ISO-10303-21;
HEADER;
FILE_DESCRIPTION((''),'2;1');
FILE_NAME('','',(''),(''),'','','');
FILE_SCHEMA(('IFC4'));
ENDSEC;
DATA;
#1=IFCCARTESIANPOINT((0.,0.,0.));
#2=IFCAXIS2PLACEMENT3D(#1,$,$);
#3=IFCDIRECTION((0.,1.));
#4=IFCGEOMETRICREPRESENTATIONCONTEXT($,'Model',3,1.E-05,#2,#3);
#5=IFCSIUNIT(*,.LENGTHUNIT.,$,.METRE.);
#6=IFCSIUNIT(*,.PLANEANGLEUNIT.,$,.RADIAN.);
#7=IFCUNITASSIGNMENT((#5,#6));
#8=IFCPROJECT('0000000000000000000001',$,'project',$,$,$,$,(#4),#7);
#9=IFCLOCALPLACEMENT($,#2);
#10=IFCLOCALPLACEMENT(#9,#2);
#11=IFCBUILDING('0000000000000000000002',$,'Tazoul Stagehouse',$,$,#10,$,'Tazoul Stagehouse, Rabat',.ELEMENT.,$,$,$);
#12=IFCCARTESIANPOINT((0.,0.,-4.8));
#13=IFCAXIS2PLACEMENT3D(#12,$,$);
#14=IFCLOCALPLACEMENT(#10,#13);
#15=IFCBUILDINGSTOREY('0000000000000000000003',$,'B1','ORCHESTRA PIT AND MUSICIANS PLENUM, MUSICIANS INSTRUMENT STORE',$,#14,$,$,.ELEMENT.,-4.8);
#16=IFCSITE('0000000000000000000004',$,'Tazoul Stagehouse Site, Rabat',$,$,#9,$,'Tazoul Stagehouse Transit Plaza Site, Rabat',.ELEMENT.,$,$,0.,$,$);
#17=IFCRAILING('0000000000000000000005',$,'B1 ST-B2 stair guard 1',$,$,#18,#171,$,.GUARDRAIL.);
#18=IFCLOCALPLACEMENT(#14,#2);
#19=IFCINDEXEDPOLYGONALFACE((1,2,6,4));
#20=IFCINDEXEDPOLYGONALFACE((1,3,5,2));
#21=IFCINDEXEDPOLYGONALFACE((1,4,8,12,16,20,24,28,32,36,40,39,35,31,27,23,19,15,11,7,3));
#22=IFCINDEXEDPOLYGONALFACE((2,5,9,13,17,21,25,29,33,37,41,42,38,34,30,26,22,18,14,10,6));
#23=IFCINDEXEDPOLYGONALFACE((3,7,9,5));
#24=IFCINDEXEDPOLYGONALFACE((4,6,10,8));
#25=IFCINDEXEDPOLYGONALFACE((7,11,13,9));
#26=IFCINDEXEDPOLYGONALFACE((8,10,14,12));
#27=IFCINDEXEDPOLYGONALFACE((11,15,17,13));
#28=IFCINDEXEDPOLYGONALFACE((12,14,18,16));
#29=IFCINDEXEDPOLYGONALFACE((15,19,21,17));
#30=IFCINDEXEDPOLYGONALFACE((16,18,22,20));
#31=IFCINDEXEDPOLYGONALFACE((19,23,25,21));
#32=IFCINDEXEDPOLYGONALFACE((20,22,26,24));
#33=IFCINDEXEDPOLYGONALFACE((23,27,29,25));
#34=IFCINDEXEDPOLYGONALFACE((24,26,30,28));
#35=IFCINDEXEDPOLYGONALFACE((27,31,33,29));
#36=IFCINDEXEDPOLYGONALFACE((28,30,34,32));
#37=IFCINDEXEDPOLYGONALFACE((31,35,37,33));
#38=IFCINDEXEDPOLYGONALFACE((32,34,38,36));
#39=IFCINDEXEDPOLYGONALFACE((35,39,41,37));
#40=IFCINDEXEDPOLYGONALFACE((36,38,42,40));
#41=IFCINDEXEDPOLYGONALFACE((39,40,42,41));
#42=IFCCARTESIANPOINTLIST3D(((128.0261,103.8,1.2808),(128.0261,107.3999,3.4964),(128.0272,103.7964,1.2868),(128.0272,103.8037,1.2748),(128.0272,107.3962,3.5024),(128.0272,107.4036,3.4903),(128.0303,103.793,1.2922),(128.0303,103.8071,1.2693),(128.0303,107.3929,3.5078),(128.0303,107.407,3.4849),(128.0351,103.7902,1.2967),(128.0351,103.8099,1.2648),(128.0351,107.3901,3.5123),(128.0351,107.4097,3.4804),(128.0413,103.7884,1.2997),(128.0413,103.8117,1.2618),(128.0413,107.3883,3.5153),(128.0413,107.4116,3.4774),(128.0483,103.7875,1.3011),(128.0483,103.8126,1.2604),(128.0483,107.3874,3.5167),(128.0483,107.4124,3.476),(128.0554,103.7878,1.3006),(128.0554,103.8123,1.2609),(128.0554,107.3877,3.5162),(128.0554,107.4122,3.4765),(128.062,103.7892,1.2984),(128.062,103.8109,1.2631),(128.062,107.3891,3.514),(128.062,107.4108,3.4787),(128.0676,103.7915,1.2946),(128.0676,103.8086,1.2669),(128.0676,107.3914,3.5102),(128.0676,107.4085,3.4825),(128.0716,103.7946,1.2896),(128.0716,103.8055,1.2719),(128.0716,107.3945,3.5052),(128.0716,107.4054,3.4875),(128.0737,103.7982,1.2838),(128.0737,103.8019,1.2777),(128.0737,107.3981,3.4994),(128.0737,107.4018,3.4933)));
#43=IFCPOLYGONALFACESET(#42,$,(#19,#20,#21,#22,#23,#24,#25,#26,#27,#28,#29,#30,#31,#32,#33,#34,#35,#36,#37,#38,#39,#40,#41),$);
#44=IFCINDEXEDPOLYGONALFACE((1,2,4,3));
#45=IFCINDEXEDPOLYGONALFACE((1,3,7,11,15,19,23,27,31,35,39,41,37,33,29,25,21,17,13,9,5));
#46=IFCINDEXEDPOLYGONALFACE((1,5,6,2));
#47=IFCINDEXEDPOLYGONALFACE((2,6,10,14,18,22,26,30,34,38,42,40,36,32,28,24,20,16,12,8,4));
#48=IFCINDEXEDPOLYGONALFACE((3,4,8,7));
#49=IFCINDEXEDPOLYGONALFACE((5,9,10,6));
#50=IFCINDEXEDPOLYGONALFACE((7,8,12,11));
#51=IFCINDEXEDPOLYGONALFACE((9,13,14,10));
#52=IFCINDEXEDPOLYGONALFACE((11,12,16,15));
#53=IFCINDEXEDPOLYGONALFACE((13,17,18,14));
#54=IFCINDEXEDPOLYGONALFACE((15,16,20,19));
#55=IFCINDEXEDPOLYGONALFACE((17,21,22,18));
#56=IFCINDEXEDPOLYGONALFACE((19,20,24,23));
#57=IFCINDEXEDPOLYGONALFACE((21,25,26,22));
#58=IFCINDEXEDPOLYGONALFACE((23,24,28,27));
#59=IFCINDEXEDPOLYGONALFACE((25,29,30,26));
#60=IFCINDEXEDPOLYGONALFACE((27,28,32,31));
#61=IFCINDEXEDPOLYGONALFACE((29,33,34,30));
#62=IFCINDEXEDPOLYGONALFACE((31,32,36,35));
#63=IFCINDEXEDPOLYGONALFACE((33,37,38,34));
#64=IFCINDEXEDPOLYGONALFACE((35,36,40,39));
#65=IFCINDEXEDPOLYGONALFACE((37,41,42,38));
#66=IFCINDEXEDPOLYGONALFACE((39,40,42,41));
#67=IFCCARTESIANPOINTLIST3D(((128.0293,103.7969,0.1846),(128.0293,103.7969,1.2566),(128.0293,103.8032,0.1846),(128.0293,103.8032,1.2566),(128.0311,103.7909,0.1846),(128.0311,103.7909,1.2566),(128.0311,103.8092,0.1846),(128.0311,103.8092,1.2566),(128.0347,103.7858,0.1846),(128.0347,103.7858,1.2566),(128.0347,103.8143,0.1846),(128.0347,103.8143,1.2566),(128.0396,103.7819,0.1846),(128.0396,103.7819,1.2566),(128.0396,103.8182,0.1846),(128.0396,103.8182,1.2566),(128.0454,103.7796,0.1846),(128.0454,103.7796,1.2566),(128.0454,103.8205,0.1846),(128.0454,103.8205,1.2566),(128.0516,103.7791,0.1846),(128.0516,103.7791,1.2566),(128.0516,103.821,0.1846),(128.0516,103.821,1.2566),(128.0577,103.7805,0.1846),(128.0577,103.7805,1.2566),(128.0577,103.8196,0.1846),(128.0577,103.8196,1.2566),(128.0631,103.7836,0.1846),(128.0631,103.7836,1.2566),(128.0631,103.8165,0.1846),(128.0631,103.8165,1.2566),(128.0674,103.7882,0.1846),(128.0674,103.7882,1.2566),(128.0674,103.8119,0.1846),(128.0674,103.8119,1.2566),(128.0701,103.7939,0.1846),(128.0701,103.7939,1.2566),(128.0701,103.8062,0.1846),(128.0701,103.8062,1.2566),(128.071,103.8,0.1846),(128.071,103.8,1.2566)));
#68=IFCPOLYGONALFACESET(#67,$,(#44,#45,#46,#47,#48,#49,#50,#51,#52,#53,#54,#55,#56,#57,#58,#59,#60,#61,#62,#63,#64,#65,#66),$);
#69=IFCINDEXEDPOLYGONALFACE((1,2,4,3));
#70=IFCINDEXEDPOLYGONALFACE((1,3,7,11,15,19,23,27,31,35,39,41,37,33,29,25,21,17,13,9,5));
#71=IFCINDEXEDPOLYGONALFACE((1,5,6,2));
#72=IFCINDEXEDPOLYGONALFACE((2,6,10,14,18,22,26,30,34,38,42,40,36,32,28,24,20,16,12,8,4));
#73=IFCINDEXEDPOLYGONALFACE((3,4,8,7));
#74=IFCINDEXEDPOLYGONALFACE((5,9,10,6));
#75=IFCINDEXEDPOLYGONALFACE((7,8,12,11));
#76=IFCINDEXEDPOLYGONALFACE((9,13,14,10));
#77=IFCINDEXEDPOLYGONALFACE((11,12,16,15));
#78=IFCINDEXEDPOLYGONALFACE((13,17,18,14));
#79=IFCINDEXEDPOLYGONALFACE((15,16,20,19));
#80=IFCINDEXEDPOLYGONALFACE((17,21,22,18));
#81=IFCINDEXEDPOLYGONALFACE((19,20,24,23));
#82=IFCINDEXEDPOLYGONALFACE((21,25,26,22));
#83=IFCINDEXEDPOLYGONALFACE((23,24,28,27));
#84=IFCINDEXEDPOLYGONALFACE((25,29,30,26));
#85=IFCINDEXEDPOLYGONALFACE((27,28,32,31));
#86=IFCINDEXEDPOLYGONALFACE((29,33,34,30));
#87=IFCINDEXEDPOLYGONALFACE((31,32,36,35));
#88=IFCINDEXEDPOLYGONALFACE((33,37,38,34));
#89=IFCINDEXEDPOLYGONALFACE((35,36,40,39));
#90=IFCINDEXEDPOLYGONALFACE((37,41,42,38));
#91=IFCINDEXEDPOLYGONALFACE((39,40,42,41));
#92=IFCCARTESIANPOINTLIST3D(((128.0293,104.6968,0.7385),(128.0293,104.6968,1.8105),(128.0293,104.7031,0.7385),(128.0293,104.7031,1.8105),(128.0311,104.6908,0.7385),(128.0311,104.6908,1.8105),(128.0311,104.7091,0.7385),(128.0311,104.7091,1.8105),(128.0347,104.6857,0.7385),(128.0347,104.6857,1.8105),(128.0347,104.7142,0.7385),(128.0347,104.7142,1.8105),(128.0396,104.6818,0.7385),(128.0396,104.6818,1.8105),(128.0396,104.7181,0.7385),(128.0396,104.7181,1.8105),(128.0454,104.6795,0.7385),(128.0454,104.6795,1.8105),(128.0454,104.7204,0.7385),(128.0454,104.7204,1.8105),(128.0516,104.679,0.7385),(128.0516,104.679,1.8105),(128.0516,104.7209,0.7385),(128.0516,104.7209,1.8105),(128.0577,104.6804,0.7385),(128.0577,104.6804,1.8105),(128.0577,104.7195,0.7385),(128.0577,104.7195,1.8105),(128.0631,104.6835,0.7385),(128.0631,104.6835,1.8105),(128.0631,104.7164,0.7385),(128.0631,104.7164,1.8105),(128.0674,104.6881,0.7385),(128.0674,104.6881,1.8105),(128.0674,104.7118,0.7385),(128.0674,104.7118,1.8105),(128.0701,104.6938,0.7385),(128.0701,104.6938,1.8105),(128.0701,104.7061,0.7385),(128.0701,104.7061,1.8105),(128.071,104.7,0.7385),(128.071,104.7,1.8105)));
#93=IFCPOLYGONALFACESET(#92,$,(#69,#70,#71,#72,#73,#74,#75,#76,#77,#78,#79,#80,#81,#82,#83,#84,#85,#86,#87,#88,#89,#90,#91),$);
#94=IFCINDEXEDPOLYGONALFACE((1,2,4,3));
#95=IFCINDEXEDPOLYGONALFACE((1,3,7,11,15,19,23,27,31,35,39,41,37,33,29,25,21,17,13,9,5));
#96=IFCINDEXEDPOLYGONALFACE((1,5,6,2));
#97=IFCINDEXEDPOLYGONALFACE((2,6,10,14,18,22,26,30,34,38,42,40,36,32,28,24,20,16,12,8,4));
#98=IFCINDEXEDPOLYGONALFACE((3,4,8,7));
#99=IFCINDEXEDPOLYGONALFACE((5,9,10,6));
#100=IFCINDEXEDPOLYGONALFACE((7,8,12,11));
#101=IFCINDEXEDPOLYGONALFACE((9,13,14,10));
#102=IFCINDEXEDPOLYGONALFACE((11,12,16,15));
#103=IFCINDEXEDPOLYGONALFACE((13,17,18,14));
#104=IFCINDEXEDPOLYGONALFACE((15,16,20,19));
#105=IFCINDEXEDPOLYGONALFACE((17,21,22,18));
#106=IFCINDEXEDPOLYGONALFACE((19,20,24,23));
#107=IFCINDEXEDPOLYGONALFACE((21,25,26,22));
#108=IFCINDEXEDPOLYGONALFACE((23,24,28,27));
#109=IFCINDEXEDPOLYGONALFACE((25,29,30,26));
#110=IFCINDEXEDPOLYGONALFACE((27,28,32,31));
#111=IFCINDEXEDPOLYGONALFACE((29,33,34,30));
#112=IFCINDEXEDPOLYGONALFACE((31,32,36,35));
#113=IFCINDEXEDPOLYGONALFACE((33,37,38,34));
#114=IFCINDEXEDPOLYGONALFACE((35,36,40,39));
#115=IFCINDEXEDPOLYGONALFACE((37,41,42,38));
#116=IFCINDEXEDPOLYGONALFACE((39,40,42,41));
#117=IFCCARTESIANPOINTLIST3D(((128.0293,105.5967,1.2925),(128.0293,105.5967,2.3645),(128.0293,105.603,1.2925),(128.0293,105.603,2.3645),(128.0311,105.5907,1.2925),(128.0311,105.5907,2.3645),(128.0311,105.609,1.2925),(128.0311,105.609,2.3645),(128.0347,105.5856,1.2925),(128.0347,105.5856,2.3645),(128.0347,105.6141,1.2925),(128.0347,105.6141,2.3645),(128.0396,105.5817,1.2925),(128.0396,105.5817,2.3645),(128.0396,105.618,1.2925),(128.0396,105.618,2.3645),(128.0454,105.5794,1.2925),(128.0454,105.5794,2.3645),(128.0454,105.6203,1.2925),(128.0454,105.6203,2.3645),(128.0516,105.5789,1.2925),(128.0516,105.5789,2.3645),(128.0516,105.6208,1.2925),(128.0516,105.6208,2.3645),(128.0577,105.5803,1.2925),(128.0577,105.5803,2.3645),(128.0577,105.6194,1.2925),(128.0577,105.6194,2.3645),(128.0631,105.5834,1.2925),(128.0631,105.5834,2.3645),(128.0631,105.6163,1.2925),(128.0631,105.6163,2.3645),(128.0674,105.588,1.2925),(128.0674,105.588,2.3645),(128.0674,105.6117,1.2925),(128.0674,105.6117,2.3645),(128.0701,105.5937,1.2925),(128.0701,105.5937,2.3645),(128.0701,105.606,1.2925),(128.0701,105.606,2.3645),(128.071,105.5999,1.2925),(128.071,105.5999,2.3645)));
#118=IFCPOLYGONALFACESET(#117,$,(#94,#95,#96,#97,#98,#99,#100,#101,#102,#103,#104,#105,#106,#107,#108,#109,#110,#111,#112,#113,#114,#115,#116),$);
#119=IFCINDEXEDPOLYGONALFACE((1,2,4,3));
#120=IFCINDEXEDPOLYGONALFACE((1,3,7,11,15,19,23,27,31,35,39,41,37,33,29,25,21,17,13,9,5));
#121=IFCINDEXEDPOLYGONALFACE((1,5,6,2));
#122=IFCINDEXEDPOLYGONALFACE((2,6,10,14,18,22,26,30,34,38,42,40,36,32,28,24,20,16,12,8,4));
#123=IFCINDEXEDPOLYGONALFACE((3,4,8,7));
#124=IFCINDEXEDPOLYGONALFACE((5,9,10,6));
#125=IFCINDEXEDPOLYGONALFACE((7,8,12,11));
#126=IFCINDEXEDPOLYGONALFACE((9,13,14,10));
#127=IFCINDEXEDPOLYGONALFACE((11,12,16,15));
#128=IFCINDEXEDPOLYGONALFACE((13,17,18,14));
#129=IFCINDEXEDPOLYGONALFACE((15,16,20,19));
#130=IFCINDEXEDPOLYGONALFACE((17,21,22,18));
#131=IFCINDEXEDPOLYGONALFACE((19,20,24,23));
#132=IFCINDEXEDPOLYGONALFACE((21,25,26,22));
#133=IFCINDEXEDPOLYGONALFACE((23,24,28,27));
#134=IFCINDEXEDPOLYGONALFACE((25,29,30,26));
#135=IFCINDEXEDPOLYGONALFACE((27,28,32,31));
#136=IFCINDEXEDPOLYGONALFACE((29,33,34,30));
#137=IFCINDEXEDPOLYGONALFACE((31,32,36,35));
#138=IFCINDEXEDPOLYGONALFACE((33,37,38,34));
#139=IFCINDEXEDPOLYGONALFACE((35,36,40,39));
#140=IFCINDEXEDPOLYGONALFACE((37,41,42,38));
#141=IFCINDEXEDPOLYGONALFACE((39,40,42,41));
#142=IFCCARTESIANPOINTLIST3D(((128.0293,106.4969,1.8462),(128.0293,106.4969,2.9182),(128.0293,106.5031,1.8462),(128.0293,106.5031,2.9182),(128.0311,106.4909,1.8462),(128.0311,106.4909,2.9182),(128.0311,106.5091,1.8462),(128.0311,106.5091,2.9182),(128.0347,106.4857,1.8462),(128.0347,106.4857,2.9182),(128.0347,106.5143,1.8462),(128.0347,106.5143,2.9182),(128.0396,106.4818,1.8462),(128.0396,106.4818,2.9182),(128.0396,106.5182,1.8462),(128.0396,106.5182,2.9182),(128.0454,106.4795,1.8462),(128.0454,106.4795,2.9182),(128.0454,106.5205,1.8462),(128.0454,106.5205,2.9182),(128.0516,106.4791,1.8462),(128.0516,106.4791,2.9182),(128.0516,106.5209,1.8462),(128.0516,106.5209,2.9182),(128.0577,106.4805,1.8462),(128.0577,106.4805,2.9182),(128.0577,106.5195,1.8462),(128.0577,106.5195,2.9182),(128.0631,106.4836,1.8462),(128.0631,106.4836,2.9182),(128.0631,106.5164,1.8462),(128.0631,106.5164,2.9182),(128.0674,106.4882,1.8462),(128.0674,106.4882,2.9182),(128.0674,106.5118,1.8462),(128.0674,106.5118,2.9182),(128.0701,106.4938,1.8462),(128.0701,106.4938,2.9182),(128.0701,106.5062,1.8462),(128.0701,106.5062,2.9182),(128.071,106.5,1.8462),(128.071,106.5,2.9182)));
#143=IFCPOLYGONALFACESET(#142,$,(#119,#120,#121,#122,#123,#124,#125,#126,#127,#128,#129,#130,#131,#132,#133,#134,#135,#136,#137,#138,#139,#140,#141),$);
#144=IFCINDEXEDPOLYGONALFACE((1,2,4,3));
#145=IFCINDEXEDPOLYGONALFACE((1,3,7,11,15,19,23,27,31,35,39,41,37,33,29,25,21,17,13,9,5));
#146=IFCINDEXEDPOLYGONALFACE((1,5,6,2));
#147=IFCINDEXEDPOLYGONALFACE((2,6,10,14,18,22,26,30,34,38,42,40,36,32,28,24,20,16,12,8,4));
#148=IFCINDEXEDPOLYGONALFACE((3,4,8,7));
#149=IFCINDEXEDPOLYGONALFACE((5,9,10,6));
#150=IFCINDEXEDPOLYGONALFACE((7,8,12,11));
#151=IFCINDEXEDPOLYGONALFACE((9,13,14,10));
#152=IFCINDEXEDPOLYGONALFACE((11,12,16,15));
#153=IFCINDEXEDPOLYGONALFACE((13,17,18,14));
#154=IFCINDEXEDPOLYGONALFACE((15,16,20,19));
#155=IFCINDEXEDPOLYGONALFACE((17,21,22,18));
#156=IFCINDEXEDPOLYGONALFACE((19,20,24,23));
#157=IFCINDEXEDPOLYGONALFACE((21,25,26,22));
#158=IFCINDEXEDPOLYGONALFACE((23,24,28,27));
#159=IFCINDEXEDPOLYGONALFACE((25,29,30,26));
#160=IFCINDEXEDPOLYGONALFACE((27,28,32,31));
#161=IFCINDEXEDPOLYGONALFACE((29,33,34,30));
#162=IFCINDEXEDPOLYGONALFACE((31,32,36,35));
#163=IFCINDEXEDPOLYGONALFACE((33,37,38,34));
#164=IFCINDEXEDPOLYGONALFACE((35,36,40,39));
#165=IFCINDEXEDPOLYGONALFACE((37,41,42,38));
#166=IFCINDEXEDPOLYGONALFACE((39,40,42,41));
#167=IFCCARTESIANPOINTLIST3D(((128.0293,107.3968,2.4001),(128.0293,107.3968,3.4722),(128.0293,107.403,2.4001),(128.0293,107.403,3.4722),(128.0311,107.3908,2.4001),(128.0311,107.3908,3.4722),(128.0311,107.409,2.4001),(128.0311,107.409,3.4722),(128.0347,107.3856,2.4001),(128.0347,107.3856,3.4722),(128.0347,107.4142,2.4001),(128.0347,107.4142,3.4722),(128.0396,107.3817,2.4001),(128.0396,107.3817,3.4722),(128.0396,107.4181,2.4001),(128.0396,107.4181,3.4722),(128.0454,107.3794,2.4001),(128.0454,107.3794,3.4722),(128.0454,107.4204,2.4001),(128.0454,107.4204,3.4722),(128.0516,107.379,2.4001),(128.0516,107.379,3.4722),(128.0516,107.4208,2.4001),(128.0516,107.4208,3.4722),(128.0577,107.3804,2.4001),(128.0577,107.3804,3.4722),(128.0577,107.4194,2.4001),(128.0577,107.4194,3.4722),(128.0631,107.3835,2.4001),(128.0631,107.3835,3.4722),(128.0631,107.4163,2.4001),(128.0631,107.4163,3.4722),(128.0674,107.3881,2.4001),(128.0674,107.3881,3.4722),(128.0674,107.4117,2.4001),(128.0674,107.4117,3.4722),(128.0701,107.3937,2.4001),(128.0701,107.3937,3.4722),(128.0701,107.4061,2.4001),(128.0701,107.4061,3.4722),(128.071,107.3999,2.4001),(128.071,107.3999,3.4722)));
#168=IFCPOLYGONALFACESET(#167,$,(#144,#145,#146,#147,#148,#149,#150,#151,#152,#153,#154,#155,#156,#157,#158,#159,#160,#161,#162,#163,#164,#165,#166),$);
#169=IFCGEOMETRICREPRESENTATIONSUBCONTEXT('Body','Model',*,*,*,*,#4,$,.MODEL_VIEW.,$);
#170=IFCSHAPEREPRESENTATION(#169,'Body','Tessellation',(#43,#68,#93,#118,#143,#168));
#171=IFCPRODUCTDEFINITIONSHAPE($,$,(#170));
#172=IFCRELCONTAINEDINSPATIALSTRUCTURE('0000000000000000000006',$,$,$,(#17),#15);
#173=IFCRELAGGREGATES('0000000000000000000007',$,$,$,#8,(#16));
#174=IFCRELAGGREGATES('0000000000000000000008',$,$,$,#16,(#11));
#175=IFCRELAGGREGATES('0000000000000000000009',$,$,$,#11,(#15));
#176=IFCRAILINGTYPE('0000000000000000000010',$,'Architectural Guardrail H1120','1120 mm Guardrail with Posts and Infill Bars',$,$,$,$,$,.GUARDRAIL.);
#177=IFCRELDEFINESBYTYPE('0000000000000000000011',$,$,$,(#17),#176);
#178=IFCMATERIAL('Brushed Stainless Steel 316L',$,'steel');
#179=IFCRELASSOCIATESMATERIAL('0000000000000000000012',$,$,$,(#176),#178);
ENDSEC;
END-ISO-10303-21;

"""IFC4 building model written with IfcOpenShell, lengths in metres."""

from ifc_helpers import new_model, si_unit, direction, frame, origin, origin_2d, place, context, subcontext, project, spatial, circle, extrude, material, material_profile, profile_set, type_object, element, save


model = new_model("IFC4")

# Units and contexts
model_context = context("Model", 3, precision=1e-05, world=origin(), true_north=direction((0.0, 1.0)))
body_context = subcontext(model_context, "Body", "Model", "MODEL_VIEW")
ifc_project = project(units=[si_unit("LENGTHUNIT", "METRE"), si_unit("PLANEANGLEUNIT", "RADIAN")], contexts=[model_context])

# Site, building, storey
site_placement = place(None, origin())
site = spatial("IfcSite", under=ifc_project, at=site_placement, Name="Tazoul Stagehouse Site, Rabat", LongName="Tazoul Stagehouse Transit Plaza Site, Rabat", CompositionType="ELEMENT", RefElevation=0.0)
building_placement = place(site_placement, origin())
building = spatial("IfcBuilding", under=site, at=building_placement, Name="Tazoul Stagehouse", LongName="Tazoul Stagehouse, Rabat", CompositionType="ELEMENT")
storey_placement = place(building_placement, frame((0.0, 0.0, -4.8)))
storey = spatial("IfcBuildingStorey", under=building, at=storey_placement, Name="B1", Description="ORCHESTRA PIT AND MUSICIANS PLENUM, MUSICIANS INSTRUMENT STORE", CompositionType="ELEMENT", Elevation=-4.8)

# Railing
ifc_material_1 = material(Name="Brushed Stainless Steel 316L", Category="steel")
ifc_material_profile_1 = material_profile(ifc_material_1, circle(Radius=0.0239, at=origin_2d()), Name="SS RAIL D48")
ifc_profile_set_1 = profile_set([ifc_material_profile_1], Name="Brushed Stainless Steel 316L")
railing_type_1 = type_object("IfcRailingType", Name="Architectural Guardrail H1120", Description="1120 mm Guardrail with Posts and Infill Bars", PredefinedType="GUARDRAIL", material=ifc_profile_set_1)
railing_1_placement = place(storey_placement, frame((128.05, 103.8, 0.1846)))
element("IfcRailing", 1, at=railing_1_placement, inside=storey, type_object=railing_type_1, Name="B1 ST-B2 stair guard 1", PredefinedType="GUARDRAIL", context=body_context, shape_type="SweptSolid", body=[
    extrude(circle(Radius=0.0239, at=origin_2d()), frame((0.0, 0.0, 1.0962), z_axis=(0.0, 0.851629, 0.524146), x_axis=(-1.0, 0.0, 0.0)), (0.0, 0.0, 1.0), 4.2271),
    extrude(circle(Radius=0.021, at=origin_2d()), origin(), (0.0, 0.0, 1.0), 1.072),
    extrude(circle(Radius=0.021, at=origin_2d()), frame((0.0, 0.8999, 0.554)), (0.0, 0.0, 1.0), 1.072),
    extrude(circle(Radius=0.021, at=origin_2d()), frame((0.0, 1.7998, 1.1079)), (0.0, 0.0, 1.0), 1.072),
    extrude(circle(Radius=0.021, at=origin_2d()), frame((0.0, 2.7, 1.6616)), (0.0, 0.0, 1.0), 1.072),
    extrude(circle(Radius=0.021, at=origin_2d()), frame((0.0, 3.5999, 2.2156)), (0.0, 0.0, 1.0), 1.072),
])

save(model, "model.ifc")
